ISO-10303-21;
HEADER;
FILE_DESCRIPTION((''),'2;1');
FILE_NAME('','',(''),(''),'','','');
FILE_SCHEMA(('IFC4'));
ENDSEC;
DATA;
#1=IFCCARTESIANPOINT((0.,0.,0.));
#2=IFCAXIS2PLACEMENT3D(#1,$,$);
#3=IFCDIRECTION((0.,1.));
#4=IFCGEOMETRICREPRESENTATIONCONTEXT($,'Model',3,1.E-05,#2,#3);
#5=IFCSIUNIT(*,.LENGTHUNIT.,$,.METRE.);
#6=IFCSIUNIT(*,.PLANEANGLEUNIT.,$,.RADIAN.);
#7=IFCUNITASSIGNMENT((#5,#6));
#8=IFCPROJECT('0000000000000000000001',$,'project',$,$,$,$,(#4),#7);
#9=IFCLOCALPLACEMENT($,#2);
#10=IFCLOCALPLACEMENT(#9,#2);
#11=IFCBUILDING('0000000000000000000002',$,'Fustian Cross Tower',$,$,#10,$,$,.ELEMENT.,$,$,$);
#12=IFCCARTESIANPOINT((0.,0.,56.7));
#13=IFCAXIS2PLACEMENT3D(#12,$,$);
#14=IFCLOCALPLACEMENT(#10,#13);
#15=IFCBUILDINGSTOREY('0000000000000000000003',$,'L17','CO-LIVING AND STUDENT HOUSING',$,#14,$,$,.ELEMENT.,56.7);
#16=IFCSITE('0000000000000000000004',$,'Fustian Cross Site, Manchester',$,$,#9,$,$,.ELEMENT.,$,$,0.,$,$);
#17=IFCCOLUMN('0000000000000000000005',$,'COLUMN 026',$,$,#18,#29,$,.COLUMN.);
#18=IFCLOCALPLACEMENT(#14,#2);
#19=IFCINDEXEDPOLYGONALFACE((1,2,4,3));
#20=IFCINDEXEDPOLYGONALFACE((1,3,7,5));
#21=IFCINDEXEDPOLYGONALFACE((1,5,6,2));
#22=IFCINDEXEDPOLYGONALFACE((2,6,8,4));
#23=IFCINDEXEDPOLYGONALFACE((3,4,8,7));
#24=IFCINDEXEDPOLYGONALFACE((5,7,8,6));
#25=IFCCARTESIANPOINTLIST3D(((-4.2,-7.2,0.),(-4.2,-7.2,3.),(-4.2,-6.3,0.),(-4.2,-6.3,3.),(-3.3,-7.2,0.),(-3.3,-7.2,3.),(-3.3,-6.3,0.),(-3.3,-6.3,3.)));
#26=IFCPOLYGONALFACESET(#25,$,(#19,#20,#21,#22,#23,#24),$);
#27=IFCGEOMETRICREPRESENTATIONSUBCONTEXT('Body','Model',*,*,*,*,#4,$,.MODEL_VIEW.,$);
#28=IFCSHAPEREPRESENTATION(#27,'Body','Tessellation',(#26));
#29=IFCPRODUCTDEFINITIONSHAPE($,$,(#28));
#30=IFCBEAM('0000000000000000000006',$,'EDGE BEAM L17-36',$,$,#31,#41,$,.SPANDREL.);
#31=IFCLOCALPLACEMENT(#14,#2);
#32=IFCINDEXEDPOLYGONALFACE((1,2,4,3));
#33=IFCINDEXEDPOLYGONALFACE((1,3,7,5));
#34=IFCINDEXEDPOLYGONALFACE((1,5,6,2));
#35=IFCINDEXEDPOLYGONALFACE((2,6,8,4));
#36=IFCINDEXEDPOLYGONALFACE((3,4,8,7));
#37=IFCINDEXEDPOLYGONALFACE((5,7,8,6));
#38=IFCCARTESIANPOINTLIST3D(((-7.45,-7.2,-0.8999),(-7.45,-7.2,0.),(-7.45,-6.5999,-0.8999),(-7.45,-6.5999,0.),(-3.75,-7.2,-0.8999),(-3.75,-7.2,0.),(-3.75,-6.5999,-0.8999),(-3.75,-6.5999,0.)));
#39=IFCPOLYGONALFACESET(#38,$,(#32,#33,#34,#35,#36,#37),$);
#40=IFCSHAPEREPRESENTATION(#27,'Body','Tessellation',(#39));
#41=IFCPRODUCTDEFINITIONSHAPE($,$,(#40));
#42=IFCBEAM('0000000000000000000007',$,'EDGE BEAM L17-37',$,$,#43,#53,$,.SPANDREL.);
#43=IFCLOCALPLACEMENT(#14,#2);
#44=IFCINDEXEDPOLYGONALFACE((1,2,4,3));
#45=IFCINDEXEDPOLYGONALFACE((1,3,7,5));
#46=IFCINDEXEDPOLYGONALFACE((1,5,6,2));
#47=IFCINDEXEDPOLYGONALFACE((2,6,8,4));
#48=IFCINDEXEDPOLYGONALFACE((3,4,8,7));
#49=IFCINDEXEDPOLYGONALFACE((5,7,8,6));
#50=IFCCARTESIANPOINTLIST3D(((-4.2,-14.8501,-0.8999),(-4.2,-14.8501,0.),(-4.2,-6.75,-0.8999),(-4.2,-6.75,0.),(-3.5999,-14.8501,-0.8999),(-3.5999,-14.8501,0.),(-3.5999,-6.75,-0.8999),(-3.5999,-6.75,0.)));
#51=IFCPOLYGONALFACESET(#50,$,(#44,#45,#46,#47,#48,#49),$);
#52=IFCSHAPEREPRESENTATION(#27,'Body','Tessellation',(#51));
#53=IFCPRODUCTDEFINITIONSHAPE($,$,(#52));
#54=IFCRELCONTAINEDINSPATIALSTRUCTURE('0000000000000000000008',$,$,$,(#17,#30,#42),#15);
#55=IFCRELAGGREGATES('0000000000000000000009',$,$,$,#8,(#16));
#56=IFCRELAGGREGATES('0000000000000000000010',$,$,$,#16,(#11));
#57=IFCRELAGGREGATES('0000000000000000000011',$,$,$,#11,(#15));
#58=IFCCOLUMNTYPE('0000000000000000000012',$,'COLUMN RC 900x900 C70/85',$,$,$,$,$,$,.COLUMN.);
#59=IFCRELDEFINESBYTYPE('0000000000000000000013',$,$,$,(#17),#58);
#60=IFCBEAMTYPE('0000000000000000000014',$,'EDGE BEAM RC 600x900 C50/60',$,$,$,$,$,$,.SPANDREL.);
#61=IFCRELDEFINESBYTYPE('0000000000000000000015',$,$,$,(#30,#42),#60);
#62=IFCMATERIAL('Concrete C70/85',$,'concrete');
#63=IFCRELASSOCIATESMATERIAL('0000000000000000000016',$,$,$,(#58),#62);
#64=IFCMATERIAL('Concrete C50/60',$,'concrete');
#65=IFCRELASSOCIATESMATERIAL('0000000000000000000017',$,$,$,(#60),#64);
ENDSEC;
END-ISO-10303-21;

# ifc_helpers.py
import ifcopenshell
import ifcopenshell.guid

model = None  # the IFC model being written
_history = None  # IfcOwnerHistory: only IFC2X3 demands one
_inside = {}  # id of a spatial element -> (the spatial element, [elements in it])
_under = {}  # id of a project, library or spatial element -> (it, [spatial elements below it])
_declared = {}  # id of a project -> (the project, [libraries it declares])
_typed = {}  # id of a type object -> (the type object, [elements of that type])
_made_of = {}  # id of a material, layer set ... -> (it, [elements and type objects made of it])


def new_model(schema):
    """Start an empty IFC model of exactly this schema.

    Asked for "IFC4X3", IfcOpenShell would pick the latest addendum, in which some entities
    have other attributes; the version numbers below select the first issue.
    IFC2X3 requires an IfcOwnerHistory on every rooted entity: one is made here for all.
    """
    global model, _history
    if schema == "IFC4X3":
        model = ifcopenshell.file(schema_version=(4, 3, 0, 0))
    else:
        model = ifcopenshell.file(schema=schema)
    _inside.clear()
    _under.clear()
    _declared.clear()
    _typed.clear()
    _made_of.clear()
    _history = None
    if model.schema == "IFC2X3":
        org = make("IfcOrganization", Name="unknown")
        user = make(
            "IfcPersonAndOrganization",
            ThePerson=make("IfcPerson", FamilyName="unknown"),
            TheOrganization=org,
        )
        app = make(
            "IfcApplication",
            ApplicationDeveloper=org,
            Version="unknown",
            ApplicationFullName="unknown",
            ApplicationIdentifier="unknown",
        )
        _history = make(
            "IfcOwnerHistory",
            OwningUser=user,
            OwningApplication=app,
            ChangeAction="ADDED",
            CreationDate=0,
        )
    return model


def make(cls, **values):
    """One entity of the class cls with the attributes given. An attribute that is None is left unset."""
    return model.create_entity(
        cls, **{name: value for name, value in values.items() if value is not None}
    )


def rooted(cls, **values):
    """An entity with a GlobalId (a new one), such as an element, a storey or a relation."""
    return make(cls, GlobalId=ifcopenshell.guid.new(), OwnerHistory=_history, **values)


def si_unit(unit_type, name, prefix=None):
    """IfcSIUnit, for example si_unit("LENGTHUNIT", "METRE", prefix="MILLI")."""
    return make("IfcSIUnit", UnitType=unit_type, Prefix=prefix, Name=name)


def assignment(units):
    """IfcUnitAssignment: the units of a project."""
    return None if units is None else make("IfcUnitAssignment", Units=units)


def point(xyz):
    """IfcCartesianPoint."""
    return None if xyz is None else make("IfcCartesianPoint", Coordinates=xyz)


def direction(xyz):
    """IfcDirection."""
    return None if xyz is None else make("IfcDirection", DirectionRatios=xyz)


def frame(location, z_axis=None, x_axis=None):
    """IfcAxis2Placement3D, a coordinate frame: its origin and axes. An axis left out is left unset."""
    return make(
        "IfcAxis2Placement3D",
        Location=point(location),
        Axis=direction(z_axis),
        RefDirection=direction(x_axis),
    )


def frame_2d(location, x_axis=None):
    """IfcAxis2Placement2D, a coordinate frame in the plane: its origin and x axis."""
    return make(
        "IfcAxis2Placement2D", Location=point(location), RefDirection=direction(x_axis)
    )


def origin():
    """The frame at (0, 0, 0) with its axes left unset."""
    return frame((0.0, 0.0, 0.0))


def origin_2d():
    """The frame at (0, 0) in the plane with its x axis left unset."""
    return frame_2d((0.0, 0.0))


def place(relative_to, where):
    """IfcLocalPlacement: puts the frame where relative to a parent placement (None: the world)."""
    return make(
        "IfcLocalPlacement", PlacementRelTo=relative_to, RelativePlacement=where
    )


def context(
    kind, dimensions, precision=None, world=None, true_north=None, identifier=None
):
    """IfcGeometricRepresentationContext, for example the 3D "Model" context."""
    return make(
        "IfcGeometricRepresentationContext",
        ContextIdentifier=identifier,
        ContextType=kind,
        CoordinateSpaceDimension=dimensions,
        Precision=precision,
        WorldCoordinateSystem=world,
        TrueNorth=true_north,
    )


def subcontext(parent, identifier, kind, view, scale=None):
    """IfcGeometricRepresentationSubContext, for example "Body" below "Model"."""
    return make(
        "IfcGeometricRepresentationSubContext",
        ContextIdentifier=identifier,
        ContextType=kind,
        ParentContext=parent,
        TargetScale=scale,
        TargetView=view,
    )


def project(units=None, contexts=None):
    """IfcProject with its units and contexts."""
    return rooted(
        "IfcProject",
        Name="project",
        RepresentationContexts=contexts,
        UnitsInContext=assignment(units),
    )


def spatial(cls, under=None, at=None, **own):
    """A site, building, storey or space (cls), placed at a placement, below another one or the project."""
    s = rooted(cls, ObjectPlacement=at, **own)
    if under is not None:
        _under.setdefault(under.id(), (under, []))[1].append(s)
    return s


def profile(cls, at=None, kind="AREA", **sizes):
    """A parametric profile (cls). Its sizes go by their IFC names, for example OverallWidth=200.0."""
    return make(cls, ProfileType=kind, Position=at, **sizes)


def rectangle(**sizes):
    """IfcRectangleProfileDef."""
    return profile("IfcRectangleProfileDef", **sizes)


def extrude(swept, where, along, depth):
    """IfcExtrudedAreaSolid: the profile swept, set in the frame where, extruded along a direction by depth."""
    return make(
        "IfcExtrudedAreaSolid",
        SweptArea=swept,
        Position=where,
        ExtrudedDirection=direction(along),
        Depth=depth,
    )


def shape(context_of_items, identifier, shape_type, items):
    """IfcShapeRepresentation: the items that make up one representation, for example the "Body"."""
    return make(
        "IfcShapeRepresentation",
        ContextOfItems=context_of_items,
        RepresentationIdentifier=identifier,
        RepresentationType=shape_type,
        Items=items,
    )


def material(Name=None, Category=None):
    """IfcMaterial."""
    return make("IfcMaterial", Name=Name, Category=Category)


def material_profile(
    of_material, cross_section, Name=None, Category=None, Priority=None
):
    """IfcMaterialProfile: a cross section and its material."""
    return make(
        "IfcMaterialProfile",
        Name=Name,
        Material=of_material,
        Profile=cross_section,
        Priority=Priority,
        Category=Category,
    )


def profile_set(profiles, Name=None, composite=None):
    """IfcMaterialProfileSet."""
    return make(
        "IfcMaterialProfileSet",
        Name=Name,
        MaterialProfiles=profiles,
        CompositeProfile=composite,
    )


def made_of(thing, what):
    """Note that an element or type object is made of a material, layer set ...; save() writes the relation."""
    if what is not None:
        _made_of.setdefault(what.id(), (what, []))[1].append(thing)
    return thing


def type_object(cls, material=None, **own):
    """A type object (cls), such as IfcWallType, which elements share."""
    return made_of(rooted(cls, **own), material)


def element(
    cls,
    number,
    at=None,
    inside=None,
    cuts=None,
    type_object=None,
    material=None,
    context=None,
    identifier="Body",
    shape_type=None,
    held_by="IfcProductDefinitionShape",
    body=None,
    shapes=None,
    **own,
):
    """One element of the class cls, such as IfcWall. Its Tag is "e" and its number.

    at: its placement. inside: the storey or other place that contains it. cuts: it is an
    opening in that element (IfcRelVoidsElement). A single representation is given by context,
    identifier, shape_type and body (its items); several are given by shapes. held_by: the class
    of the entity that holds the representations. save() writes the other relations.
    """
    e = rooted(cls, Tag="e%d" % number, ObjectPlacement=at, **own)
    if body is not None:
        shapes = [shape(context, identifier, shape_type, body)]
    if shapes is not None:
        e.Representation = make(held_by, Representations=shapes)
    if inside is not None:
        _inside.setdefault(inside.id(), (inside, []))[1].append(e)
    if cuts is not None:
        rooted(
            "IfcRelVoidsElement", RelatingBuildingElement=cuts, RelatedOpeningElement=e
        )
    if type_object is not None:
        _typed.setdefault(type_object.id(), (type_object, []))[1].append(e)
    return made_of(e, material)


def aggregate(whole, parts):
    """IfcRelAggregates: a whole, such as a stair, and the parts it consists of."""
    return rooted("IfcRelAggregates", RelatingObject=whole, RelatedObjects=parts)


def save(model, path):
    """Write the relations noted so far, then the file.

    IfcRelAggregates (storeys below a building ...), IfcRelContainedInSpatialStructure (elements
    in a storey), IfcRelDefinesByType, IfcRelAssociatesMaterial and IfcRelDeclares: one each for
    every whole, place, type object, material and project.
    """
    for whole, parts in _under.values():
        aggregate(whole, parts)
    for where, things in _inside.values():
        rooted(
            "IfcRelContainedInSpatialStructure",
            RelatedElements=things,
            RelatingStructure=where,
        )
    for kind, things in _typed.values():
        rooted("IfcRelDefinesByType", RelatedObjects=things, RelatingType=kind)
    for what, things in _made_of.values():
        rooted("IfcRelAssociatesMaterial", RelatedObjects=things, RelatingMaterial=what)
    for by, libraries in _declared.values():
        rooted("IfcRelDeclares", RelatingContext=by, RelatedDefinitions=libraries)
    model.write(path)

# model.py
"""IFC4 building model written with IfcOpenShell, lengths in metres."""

from ifc_helpers import new_model, si_unit, direction, frame, origin, origin_2d, place, context, subcontext, project, spatial, rectangle, extrude, material, material_profile, profile_set, type_object, element, save


model = new_model("IFC4")

# Units and contexts
model_context = context("Model", 3, precision=1e-05, world=origin(), true_north=direction((0.0, 1.0)))
body_context = subcontext(model_context, "Body", "Model", "MODEL_VIEW")
ifc_project = project(units=[si_unit("LENGTHUNIT", "METRE"), si_unit("PLANEANGLEUNIT", "RADIAN")], contexts=[model_context])

# Site, building, storey
site_placement = place(None, origin())
site = spatial("IfcSite", under=ifc_project, at=site_placement, Name="Fustian Cross Site, Manchester", CompositionType="ELEMENT", RefElevation=0.0)
building_placement = place(site_placement, origin())
building = spatial("IfcBuilding", under=site, at=building_placement, Name="Fustian Cross Tower", CompositionType="ELEMENT")
storey_placement = place(building_placement, frame((0.0, 0.0, 56.7)))
storey = spatial("IfcBuildingStorey", under=building, at=storey_placement, Name="L17", Description="CO-LIVING AND STUDENT HOUSING", CompositionType="ELEMENT", Elevation=56.7)

# Column
ifc_material_1 = material(Name="Concrete C70/85", Category="concrete")
ifc_material_profile_1 = material_profile(ifc_material_1, rectangle(XDim=0.8999, YDim=0.8999, at=origin_2d()), Name="RC 900x900")
ifc_profile_set_1 = profile_set([ifc_material_profile_1], Name="Concrete C70/85")
column_type = type_object("IfcColumnType", Name="COLUMN RC 900x900 C70/85", PredefinedType="COLUMN", material=ifc_profile_set_1)
column_placement = place(storey_placement, frame((-3.75, -6.75, 0.0), z_axis=(0.0, 0.0, 1.0), x_axis=(1.0, 0.0, 0.0)))
element("IfcColumn", 1, at=column_placement, inside=storey, type_object=column_type, Name="COLUMN 026", PredefinedType="COLUMN", context=body_context, shape_type="SweptSolid", body=[
    extrude(rectangle(XDim=0.8999, YDim=0.8999, at=origin_2d()), origin(), (0.0, 0.0, 1.0), 3.0),
])

# Beams
ifc_material_2 = material(Name="Concrete C50/60", Category="concrete")
ifc_material_profile_2 = material_profile(ifc_material_2, rectangle(XDim=0.6001, YDim=0.8999, at=origin_2d()), Name="RC 600x900")
ifc_profile_set_2 = profile_set([ifc_material_profile_2], Name="Concrete C50/60")
beam_type = type_object("IfcBeamType", Name="EDGE BEAM RC 600x900 C50/60", PredefinedType="SPANDREL", material=ifc_profile_set_2)
beam_1_placement = place(storey_placement, frame((-7.45, -6.8999, -0.45), z_axis=(1.0, 0.0, 0.0), x_axis=(0.0, 1.0, 0.0)))
element("IfcBeam", 2, at=beam_1_placement, inside=storey, type_object=beam_type, Name="EDGE BEAM L17-36", PredefinedType="SPANDREL", context=body_context, shape_type="SweptSolid", body=[
    extrude(rectangle(XDim=0.6001, YDim=0.8999, at=origin_2d()), origin(), (0.0, 0.0, 1.0), 3.7),
])
beam_2_placement = place(storey_placement, frame((-3.8999, -6.75, -0.45), z_axis=(0.0, -1.0, 0.0), x_axis=(1.0, 0.0, 0.0)))
element("IfcBeam", 3, at=beam_2_placement, inside=storey, type_object=beam_type, Name="EDGE BEAM L17-37", PredefinedType="SPANDREL", context=body_context, shape_type="SweptSolid", body=[
    extrude(rectangle(XDim=0.6001, YDim=0.8999, at=origin_2d()), origin(), (0.0, 0.0, 1.0), 8.1001),
])

save(model, "model.ifc")
